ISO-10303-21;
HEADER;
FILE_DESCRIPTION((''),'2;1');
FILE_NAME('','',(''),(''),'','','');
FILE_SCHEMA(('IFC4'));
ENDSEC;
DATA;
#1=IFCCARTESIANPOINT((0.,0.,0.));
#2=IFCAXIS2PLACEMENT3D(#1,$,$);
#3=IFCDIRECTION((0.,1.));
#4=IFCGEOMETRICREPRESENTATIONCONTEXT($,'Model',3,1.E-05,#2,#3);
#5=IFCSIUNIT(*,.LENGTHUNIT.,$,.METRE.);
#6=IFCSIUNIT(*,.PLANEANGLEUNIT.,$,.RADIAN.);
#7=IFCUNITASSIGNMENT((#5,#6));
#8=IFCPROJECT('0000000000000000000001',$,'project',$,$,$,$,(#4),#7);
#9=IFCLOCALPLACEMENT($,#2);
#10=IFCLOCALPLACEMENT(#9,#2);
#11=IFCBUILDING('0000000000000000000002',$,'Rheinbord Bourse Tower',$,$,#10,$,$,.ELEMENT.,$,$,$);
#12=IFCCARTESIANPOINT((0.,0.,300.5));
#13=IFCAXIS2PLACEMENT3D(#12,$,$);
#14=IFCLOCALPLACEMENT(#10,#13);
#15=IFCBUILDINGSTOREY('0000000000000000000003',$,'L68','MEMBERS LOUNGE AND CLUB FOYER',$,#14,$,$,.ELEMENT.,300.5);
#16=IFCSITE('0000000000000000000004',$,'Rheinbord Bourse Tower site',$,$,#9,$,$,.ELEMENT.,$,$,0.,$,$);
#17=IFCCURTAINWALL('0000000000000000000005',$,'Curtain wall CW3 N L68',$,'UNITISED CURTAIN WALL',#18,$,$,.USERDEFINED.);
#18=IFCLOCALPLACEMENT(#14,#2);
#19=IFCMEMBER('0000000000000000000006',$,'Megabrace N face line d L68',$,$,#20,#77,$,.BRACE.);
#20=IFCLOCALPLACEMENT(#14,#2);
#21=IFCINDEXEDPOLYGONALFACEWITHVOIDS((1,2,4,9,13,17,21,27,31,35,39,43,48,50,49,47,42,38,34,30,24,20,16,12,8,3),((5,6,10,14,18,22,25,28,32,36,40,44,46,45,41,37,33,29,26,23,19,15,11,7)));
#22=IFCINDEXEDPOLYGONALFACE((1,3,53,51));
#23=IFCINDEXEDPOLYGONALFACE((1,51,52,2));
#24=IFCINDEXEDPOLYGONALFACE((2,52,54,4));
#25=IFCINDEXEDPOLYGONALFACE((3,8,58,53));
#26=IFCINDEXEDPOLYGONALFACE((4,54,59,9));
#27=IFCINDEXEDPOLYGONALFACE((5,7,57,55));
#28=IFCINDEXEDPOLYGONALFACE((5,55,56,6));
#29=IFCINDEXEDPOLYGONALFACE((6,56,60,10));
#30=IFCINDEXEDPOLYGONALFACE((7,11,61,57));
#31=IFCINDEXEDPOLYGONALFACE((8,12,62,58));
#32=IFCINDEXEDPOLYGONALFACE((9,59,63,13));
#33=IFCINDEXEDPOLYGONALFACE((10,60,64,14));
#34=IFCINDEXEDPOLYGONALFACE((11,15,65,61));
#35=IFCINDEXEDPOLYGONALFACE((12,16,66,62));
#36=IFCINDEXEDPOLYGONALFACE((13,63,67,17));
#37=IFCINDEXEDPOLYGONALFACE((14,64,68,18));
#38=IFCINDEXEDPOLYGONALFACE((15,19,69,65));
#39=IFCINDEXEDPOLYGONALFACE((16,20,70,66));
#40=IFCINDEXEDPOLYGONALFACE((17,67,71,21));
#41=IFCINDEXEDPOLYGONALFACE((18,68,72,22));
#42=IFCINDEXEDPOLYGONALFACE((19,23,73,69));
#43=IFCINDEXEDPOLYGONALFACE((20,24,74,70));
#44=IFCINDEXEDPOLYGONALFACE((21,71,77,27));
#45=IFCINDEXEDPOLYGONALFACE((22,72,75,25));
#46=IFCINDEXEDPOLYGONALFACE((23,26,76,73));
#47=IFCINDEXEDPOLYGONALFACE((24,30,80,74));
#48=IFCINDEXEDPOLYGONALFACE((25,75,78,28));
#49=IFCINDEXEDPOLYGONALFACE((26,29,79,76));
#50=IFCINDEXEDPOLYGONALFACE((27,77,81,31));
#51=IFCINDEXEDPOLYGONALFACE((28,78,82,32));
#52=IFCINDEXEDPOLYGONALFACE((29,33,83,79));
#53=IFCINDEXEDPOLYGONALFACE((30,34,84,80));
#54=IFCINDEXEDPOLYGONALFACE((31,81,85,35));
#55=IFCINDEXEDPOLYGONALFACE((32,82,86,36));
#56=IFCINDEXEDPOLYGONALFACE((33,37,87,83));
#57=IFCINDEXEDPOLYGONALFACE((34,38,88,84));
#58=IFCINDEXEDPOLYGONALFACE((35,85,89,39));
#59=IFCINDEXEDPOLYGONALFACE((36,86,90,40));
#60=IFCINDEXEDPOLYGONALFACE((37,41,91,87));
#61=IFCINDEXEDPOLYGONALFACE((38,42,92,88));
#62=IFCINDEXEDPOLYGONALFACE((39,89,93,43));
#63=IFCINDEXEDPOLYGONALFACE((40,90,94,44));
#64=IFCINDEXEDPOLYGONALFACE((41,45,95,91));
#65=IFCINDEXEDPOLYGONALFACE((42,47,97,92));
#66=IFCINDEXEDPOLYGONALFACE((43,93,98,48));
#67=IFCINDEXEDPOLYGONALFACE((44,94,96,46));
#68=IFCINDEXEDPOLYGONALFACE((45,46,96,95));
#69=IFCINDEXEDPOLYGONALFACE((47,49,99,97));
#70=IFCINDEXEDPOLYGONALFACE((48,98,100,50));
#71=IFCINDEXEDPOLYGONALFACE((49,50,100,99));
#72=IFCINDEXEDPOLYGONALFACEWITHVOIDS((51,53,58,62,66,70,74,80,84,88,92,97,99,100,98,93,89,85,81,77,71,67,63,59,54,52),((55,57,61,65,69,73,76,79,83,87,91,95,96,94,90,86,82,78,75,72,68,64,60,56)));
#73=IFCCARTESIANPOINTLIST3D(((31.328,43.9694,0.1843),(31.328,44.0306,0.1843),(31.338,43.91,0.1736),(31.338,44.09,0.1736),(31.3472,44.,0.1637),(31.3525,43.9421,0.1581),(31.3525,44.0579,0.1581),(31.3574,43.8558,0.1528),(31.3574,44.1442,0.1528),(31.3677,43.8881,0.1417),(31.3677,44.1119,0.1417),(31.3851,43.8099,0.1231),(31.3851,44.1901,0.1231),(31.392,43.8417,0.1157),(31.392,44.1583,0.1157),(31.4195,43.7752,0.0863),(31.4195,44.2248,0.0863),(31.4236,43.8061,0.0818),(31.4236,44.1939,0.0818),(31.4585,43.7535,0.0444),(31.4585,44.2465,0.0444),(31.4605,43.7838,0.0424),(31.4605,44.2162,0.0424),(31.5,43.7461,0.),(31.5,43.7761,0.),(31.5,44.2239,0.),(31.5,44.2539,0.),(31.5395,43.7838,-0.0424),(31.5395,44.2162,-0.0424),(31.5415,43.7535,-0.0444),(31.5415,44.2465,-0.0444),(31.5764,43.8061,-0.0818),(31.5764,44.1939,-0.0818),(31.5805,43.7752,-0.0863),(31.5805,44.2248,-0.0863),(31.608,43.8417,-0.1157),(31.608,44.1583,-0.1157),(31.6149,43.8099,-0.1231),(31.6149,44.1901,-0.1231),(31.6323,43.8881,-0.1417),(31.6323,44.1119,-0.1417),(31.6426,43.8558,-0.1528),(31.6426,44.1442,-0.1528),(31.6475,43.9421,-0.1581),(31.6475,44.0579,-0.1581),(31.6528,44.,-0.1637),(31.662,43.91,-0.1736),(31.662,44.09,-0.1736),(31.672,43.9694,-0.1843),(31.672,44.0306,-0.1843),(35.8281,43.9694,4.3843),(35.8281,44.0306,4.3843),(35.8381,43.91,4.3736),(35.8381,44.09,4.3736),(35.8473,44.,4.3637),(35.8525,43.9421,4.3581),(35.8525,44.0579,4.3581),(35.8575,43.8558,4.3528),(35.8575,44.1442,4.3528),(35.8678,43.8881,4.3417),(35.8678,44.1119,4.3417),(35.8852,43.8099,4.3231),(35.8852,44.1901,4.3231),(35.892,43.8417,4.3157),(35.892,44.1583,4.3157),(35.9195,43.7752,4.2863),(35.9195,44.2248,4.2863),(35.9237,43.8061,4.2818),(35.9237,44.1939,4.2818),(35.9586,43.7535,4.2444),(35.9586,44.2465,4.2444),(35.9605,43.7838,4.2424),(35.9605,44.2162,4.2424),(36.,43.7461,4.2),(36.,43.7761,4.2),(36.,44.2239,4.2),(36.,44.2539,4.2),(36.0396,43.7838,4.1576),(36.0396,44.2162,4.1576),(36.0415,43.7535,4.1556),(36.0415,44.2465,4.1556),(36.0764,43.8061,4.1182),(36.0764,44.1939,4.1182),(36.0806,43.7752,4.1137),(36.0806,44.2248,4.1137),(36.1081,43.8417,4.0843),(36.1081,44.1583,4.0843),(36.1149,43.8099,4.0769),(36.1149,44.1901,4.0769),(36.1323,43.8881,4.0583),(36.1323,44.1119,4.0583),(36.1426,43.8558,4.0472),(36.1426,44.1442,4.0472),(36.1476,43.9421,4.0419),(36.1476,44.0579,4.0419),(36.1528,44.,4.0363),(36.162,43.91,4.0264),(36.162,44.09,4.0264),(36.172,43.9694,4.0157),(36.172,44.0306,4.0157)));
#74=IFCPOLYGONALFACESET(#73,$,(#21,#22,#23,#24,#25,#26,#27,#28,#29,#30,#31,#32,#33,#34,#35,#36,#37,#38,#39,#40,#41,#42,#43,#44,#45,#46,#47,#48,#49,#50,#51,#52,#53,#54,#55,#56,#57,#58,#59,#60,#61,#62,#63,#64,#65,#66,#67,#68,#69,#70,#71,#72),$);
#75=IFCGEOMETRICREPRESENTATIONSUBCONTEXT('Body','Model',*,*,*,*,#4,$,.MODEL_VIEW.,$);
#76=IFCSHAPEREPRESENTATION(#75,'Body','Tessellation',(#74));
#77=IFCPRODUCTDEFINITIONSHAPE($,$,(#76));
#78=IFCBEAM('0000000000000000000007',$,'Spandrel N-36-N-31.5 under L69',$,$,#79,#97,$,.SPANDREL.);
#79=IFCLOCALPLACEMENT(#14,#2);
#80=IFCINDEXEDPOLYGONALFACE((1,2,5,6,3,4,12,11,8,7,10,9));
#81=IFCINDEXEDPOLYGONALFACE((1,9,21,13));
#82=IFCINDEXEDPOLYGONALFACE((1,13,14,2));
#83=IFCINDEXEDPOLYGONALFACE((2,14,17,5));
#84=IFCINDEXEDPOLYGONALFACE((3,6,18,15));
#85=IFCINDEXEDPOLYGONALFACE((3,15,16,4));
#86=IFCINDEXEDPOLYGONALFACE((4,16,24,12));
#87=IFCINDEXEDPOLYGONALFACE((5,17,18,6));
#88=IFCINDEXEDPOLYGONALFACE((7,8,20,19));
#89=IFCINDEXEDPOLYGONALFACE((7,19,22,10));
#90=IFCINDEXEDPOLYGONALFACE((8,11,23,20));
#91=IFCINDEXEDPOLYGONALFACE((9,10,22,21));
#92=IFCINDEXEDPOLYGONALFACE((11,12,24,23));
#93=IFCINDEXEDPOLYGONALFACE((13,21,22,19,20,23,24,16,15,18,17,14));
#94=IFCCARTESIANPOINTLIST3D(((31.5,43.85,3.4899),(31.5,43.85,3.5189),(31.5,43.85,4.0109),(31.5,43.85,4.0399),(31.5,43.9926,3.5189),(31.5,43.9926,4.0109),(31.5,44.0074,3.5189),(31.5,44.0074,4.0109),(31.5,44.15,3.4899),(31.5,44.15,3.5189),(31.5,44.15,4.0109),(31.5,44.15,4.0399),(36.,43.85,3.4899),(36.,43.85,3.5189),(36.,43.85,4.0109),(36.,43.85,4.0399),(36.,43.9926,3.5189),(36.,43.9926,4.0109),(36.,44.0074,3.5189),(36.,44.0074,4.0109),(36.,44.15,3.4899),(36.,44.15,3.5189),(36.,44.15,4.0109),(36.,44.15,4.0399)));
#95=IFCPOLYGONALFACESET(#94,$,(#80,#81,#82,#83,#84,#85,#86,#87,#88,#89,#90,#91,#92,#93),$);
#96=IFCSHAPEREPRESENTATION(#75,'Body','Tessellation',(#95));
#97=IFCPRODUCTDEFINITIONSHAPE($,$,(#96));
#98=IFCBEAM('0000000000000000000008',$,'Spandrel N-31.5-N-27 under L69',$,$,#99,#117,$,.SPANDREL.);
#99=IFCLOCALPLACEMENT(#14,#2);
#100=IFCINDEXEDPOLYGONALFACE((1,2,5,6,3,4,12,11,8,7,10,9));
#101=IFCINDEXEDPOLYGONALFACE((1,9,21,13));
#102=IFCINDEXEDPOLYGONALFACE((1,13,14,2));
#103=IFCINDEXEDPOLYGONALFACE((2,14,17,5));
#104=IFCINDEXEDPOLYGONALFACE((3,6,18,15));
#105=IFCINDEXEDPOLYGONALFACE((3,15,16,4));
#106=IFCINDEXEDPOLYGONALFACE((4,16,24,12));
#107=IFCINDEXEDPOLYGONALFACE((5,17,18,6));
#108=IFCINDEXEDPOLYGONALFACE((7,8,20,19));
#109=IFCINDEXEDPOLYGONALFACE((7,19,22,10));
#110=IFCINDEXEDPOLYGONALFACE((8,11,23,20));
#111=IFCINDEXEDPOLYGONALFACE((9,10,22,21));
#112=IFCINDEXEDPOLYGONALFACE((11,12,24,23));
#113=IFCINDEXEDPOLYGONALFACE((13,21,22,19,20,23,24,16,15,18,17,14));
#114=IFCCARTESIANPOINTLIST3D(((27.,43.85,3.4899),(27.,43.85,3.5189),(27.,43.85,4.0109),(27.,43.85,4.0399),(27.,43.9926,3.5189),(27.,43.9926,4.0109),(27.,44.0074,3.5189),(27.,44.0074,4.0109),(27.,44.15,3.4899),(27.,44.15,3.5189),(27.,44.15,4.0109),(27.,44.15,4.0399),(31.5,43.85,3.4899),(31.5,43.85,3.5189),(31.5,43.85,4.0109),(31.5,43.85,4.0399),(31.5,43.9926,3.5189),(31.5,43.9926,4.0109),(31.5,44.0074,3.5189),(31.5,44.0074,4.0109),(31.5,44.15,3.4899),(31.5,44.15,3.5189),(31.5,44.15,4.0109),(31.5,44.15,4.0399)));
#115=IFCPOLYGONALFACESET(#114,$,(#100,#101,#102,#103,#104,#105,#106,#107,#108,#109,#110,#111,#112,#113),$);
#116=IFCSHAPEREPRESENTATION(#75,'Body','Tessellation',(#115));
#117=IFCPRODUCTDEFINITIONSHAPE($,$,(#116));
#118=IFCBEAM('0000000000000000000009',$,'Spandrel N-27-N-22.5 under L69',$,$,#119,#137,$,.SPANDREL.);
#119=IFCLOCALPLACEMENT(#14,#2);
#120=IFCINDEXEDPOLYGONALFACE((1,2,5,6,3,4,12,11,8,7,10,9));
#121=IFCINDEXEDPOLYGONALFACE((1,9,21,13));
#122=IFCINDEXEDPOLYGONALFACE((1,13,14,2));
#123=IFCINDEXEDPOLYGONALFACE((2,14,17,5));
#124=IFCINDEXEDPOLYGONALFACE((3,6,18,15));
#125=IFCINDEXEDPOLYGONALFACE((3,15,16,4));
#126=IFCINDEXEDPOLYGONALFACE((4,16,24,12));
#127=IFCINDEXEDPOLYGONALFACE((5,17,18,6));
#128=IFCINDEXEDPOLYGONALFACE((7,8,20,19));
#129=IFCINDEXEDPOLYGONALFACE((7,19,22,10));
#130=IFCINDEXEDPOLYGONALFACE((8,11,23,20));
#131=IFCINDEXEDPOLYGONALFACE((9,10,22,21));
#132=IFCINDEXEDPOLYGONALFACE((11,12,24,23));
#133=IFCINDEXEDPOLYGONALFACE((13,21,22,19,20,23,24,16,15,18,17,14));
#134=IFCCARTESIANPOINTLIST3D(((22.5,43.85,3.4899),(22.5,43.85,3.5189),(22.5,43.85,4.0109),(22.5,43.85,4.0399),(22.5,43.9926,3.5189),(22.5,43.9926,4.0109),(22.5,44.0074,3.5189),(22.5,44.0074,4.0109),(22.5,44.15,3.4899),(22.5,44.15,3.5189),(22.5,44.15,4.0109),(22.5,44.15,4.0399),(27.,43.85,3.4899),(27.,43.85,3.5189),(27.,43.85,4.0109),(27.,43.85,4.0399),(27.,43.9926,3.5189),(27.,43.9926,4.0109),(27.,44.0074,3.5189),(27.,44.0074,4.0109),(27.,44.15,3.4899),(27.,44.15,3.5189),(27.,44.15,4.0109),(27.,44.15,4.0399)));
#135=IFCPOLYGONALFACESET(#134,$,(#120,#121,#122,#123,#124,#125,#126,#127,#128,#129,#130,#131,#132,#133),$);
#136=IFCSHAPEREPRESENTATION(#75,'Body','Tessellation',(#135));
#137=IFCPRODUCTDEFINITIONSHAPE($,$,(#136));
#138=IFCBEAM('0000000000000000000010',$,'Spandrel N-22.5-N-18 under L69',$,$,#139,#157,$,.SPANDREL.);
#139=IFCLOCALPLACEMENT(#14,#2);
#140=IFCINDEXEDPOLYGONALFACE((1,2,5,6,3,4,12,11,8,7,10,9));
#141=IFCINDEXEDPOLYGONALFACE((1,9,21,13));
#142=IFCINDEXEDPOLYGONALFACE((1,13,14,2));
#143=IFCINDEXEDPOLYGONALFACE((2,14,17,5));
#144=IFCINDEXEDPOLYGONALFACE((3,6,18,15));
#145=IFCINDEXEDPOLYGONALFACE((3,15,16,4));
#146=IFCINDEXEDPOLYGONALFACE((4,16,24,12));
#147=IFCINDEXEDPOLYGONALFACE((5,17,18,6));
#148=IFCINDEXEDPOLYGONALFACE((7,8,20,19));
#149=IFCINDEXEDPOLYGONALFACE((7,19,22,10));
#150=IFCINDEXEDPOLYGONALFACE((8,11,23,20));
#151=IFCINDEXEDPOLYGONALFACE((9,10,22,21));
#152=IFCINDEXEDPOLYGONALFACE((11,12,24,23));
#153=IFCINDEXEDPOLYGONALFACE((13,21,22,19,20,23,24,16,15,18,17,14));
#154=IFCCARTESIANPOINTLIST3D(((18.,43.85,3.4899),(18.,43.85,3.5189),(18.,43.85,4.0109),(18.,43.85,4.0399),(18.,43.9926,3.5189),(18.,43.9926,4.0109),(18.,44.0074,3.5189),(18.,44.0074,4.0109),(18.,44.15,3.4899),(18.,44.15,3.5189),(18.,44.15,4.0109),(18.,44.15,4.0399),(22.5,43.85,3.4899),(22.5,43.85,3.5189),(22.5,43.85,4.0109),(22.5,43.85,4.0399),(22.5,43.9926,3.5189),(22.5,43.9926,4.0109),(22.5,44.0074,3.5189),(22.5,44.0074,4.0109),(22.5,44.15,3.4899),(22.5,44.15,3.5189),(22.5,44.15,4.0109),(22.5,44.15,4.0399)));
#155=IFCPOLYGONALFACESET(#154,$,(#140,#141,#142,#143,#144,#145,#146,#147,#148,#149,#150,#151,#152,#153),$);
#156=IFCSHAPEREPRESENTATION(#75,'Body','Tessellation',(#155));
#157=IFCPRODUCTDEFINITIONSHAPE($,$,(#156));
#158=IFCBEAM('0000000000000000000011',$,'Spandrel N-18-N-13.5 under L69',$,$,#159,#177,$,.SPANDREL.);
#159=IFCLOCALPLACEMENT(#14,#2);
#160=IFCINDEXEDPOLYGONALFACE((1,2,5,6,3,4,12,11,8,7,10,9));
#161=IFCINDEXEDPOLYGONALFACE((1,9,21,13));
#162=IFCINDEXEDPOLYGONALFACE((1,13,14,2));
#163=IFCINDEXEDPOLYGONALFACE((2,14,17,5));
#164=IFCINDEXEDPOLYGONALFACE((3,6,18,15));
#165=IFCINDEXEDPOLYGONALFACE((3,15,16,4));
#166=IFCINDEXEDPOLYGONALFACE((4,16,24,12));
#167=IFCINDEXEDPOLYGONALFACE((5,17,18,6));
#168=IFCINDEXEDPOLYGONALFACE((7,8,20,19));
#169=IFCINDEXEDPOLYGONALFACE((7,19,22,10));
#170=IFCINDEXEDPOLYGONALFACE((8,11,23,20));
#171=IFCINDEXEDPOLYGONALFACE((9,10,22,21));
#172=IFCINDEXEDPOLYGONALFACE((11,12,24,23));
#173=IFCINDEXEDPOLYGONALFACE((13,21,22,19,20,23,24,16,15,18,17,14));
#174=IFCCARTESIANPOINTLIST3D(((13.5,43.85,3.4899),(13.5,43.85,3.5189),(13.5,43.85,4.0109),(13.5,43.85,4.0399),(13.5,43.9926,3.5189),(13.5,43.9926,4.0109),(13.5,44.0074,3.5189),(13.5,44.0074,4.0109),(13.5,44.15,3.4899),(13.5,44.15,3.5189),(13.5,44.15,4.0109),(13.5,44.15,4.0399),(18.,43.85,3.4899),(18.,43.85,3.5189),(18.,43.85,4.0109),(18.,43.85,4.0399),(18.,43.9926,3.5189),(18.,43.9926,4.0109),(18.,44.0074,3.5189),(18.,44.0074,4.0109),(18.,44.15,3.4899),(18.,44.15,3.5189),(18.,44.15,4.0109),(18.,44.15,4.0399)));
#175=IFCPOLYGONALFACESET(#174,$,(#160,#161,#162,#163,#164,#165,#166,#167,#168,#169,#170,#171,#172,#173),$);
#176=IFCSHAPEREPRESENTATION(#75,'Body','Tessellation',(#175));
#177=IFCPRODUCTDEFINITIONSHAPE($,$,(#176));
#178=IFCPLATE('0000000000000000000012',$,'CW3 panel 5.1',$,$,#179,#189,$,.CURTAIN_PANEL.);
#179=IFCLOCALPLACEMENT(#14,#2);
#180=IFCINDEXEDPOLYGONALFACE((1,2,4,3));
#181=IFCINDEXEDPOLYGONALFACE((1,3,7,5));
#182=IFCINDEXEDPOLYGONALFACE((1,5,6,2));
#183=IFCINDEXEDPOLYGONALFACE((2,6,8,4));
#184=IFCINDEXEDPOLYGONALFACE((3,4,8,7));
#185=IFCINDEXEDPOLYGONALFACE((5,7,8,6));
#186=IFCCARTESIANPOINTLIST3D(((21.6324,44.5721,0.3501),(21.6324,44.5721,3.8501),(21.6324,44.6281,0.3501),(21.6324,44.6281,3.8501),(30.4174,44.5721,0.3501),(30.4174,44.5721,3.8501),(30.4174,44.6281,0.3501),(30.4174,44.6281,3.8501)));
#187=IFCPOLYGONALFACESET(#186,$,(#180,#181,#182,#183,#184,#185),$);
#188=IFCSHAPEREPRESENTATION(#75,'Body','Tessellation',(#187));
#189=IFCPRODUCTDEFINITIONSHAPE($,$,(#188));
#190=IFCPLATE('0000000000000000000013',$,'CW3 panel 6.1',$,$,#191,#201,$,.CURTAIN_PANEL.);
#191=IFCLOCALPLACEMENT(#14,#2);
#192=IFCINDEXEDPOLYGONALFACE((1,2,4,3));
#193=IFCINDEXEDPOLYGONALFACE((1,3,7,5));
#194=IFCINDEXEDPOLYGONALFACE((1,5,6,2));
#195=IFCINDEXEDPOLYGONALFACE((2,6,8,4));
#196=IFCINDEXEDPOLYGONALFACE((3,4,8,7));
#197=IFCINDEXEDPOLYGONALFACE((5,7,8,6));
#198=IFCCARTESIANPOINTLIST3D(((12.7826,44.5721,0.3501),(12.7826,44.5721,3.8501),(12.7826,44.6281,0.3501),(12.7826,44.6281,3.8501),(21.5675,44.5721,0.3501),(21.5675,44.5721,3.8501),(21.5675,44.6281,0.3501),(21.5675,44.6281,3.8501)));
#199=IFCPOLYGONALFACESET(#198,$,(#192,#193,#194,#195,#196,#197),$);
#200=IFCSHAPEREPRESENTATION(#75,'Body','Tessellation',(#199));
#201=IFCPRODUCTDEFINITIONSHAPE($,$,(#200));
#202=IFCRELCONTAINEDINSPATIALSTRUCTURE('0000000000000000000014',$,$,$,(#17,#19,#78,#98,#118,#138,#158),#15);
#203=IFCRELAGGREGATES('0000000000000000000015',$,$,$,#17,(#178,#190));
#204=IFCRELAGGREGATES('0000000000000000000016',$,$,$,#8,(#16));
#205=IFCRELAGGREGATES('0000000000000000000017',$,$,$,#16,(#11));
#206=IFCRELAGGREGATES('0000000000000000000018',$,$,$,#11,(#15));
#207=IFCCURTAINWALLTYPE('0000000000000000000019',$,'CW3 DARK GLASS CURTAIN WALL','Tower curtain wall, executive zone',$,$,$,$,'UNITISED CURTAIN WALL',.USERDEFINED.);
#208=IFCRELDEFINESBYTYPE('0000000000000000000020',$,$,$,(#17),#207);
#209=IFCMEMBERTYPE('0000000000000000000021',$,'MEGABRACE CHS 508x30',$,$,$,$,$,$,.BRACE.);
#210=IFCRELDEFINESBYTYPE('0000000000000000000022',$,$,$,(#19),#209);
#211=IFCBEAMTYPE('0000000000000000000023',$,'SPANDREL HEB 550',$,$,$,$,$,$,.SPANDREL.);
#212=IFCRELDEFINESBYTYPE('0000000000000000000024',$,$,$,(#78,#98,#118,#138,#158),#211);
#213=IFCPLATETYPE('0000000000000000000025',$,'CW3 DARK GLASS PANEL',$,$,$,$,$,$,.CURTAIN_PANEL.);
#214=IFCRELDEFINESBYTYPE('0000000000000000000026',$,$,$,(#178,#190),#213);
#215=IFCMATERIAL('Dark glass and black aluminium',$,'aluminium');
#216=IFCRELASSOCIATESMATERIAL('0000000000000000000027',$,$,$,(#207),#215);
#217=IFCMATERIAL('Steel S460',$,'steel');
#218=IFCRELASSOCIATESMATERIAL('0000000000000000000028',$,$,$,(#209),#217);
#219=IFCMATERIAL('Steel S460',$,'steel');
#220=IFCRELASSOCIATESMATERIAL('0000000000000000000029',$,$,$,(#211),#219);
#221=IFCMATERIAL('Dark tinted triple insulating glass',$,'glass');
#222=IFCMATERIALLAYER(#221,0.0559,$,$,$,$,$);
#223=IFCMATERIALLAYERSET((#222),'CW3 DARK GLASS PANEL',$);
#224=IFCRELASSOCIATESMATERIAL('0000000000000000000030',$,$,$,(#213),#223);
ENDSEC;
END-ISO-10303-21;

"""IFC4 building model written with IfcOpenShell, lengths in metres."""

from ifc_helpers import new_model, si_unit, direction, frame, origin, origin_2d, place, context, subcontext, project, spatial, rectangle, hollow_circle, i_section, extrude, material, layer, layer_set, material_profile, profile_set, type_object, element, aggregate, save


model = new_model("IFC4")

# Units and contexts
model_context = context("Model", 3, precision=1e-05, world=origin(), true_north=direction((0.0, 1.0)))
body_context = subcontext(model_context, "Body", "Model", "MODEL_VIEW")
ifc_project = project(units=[si_unit("LENGTHUNIT", "METRE"), si_unit("PLANEANGLEUNIT", "RADIAN")], contexts=[model_context])

# Site, building, storey
site_placement = place(None, origin())
site = spatial("IfcSite", under=ifc_project, at=site_placement, Name="Rheinbord Bourse Tower site", CompositionType="ELEMENT", RefElevation=0.0)
building_placement = place(site_placement, origin())
building = spatial("IfcBuilding", under=site, at=building_placement, Name="Rheinbord Bourse Tower", CompositionType="ELEMENT")
storey_placement = place(building_placement, frame((0.0, 0.0, 300.5)))
storey = spatial("IfcBuildingStorey", under=building, at=storey_placement, Name="L68", Description="MEMBERS LOUNGE AND CLUB FOYER", CompositionType="ELEMENT", Elevation=300.5)

# Curtain wall
ifc_material_1 = material(Name="Dark glass and black aluminium", Category="aluminium")
curtain_wall_type = type_object("IfcCurtainWallType", Name="CW3 DARK GLASS CURTAIN WALL", Description="Tower curtain wall, executive zone", ElementType="UNITISED CURTAIN WALL", PredefinedType="USERDEFINED", material=ifc_material_1)
curtain_wall_placement = place(storey_placement, origin())
curtain_wall = element("IfcCurtainWall", 1, at=curtain_wall_placement, inside=storey, type_object=curtain_wall_type, Name="Curtain wall CW3 N L68", ObjectType="UNITISED CURTAIN WALL", PredefinedType="USERDEFINED")

# Member
ifc_material_2 = material(Name="Steel S460", Category="steel")
ifc_material_profile_1 = material_profile(ifc_material_2, hollow_circle(Radius=0.2539, WallThickness=0.03, at=origin_2d()), Name="CHS 508x30")
ifc_profile_set_1 = profile_set([ifc_material_profile_1], Name="Steel S460")
member_type_1 = type_object("IfcMemberType", Name="MEGABRACE CHS 508x30", PredefinedType="BRACE", material=ifc_profile_set_1)
member_1_placement = place(storey_placement, frame((31.5, 44.0, 0.0), z_axis=(0.731059, 0.0, 0.682314), x_axis=(0.0, 1.0, 0.0)))
element("IfcMember", 2, at=member_1_placement, inside=storey, type_object=member_type_1, Name="Megabrace N face line d L68", PredefinedType="BRACE", context=body_context, shape_type="SweptSolid", body=[
    extrude(hollow_circle(Radius=0.2539, WallThickness=0.03, at=origin_2d()), origin(), (0.0, 0.0, 1.0), 6.1555),
])

# Beams
ifc_material_3 = material(Name="Steel S460", Category="steel")
ifc_material_profile_2 = material_profile(ifc_material_3, i_section(OverallWidth=0.3, OverallDepth=0.55, WebThickness=0.0149, FlangeThickness=0.0291, at=origin_2d()), Name="HEB 550")
ifc_profile_set_2 = profile_set([ifc_material_profile_2], Name="Steel S460")
beam_type_1 = type_object("IfcBeamType", Name="SPANDREL HEB 550", PredefinedType="SPANDREL", material=ifc_profile_set_2)
for number, where, z_axis, x_axis, name in (
    (3, (36.0, 44.0, 3.7649), (-1.0, 0.0, 0.0), (0.0, -1.0, 0.0), "Spandrel N-36-N-31.5 under L69"),
    (4, (31.5, 44.0, 3.7649), (-1.0, 0.0, 0.0), (0.0, -1.0, 0.0), "Spandrel N-31.5-N-27 under L69"),
    (5, (27.0, 44.0, 3.7649), (-1.0, 0.0, 0.0), (0.0, -1.0, 0.0), "Spandrel N-27-N-22.5 under L69"),
    (6, (22.5, 44.0, 3.7649), (-1.0, 0.0, 0.0), (0.0, -1.0, 0.0), "Spandrel N-22.5-N-18 under L69"),
    (7, (18.0, 44.0, 3.7649), (-1.0, 0.0, 0.0), (0.0, -1.0, 0.0), "Spandrel N-18-N-13.5 under L69"),
):
    element("IfcBeam", number, at=place(storey_placement, frame(where, z_axis=z_axis, x_axis=x_axis)), inside=storey, type_object=beam_type_1, Name=name, PredefinedType="SPANDREL", context=body_context, shape_type="SweptSolid", body=[
        extrude(i_section(OverallWidth=0.3, OverallDepth=0.55, WebThickness=0.0149, FlangeThickness=0.0291, at=origin_2d()), origin(), (0.0, 0.0, 1.0), 4.5),
    ])

# Plates
ifc_material_4 = material(Name="Dark tinted triple insulating glass", Category="glass")
ifc_layer = layer(ifc_material_4, 0.0559)
ifc_layer_set = layer_set([ifc_layer], Name="CW3 DARK GLASS PANEL")
plate_type = type_object("IfcPlateType", Name="CW3 DARK GLASS PANEL", PredefinedType="CURTAIN_PANEL", material=ifc_layer_set)
plate_1_placement = place(storey_placement, frame((26.0249, 44.6001, 0.3501), z_axis=(0.0, 0.0, 1.0), x_axis=(-1.0, 0.0, 0.0)))
plate_1 = element("IfcPlate", 8, at=plate_1_placement, type_object=plate_type, Name="CW3 panel 5.1", PredefinedType="CURTAIN_PANEL", context=body_context, shape_type="SweptSolid", body=[
    extrude(rectangle(XDim=8.7849, YDim=0.0559, at=origin_2d()), origin(), (0.0, 0.0, 1.0), 3.5),
])
plate_2_placement = place(storey_placement, frame((17.175, 44.6001, 0.3501), z_axis=(0.0, 0.0, 1.0), x_axis=(-1.0, 0.0, 0.0)))
plate_2 = element("IfcPlate", 9, at=plate_2_placement, type_object=plate_type, Name="CW3 panel 6.1", PredefinedType="CURTAIN_PANEL", context=body_context, shape_type="SweptSolid", body=[
    extrude(rectangle(XDim=8.7849, YDim=0.0559, at=origin_2d()), origin(), (0.0, 0.0, 1.0), 3.5),
])
aggregate(curtain_wall, [plate_1, plate_2])

save(model, "model.ifc")
